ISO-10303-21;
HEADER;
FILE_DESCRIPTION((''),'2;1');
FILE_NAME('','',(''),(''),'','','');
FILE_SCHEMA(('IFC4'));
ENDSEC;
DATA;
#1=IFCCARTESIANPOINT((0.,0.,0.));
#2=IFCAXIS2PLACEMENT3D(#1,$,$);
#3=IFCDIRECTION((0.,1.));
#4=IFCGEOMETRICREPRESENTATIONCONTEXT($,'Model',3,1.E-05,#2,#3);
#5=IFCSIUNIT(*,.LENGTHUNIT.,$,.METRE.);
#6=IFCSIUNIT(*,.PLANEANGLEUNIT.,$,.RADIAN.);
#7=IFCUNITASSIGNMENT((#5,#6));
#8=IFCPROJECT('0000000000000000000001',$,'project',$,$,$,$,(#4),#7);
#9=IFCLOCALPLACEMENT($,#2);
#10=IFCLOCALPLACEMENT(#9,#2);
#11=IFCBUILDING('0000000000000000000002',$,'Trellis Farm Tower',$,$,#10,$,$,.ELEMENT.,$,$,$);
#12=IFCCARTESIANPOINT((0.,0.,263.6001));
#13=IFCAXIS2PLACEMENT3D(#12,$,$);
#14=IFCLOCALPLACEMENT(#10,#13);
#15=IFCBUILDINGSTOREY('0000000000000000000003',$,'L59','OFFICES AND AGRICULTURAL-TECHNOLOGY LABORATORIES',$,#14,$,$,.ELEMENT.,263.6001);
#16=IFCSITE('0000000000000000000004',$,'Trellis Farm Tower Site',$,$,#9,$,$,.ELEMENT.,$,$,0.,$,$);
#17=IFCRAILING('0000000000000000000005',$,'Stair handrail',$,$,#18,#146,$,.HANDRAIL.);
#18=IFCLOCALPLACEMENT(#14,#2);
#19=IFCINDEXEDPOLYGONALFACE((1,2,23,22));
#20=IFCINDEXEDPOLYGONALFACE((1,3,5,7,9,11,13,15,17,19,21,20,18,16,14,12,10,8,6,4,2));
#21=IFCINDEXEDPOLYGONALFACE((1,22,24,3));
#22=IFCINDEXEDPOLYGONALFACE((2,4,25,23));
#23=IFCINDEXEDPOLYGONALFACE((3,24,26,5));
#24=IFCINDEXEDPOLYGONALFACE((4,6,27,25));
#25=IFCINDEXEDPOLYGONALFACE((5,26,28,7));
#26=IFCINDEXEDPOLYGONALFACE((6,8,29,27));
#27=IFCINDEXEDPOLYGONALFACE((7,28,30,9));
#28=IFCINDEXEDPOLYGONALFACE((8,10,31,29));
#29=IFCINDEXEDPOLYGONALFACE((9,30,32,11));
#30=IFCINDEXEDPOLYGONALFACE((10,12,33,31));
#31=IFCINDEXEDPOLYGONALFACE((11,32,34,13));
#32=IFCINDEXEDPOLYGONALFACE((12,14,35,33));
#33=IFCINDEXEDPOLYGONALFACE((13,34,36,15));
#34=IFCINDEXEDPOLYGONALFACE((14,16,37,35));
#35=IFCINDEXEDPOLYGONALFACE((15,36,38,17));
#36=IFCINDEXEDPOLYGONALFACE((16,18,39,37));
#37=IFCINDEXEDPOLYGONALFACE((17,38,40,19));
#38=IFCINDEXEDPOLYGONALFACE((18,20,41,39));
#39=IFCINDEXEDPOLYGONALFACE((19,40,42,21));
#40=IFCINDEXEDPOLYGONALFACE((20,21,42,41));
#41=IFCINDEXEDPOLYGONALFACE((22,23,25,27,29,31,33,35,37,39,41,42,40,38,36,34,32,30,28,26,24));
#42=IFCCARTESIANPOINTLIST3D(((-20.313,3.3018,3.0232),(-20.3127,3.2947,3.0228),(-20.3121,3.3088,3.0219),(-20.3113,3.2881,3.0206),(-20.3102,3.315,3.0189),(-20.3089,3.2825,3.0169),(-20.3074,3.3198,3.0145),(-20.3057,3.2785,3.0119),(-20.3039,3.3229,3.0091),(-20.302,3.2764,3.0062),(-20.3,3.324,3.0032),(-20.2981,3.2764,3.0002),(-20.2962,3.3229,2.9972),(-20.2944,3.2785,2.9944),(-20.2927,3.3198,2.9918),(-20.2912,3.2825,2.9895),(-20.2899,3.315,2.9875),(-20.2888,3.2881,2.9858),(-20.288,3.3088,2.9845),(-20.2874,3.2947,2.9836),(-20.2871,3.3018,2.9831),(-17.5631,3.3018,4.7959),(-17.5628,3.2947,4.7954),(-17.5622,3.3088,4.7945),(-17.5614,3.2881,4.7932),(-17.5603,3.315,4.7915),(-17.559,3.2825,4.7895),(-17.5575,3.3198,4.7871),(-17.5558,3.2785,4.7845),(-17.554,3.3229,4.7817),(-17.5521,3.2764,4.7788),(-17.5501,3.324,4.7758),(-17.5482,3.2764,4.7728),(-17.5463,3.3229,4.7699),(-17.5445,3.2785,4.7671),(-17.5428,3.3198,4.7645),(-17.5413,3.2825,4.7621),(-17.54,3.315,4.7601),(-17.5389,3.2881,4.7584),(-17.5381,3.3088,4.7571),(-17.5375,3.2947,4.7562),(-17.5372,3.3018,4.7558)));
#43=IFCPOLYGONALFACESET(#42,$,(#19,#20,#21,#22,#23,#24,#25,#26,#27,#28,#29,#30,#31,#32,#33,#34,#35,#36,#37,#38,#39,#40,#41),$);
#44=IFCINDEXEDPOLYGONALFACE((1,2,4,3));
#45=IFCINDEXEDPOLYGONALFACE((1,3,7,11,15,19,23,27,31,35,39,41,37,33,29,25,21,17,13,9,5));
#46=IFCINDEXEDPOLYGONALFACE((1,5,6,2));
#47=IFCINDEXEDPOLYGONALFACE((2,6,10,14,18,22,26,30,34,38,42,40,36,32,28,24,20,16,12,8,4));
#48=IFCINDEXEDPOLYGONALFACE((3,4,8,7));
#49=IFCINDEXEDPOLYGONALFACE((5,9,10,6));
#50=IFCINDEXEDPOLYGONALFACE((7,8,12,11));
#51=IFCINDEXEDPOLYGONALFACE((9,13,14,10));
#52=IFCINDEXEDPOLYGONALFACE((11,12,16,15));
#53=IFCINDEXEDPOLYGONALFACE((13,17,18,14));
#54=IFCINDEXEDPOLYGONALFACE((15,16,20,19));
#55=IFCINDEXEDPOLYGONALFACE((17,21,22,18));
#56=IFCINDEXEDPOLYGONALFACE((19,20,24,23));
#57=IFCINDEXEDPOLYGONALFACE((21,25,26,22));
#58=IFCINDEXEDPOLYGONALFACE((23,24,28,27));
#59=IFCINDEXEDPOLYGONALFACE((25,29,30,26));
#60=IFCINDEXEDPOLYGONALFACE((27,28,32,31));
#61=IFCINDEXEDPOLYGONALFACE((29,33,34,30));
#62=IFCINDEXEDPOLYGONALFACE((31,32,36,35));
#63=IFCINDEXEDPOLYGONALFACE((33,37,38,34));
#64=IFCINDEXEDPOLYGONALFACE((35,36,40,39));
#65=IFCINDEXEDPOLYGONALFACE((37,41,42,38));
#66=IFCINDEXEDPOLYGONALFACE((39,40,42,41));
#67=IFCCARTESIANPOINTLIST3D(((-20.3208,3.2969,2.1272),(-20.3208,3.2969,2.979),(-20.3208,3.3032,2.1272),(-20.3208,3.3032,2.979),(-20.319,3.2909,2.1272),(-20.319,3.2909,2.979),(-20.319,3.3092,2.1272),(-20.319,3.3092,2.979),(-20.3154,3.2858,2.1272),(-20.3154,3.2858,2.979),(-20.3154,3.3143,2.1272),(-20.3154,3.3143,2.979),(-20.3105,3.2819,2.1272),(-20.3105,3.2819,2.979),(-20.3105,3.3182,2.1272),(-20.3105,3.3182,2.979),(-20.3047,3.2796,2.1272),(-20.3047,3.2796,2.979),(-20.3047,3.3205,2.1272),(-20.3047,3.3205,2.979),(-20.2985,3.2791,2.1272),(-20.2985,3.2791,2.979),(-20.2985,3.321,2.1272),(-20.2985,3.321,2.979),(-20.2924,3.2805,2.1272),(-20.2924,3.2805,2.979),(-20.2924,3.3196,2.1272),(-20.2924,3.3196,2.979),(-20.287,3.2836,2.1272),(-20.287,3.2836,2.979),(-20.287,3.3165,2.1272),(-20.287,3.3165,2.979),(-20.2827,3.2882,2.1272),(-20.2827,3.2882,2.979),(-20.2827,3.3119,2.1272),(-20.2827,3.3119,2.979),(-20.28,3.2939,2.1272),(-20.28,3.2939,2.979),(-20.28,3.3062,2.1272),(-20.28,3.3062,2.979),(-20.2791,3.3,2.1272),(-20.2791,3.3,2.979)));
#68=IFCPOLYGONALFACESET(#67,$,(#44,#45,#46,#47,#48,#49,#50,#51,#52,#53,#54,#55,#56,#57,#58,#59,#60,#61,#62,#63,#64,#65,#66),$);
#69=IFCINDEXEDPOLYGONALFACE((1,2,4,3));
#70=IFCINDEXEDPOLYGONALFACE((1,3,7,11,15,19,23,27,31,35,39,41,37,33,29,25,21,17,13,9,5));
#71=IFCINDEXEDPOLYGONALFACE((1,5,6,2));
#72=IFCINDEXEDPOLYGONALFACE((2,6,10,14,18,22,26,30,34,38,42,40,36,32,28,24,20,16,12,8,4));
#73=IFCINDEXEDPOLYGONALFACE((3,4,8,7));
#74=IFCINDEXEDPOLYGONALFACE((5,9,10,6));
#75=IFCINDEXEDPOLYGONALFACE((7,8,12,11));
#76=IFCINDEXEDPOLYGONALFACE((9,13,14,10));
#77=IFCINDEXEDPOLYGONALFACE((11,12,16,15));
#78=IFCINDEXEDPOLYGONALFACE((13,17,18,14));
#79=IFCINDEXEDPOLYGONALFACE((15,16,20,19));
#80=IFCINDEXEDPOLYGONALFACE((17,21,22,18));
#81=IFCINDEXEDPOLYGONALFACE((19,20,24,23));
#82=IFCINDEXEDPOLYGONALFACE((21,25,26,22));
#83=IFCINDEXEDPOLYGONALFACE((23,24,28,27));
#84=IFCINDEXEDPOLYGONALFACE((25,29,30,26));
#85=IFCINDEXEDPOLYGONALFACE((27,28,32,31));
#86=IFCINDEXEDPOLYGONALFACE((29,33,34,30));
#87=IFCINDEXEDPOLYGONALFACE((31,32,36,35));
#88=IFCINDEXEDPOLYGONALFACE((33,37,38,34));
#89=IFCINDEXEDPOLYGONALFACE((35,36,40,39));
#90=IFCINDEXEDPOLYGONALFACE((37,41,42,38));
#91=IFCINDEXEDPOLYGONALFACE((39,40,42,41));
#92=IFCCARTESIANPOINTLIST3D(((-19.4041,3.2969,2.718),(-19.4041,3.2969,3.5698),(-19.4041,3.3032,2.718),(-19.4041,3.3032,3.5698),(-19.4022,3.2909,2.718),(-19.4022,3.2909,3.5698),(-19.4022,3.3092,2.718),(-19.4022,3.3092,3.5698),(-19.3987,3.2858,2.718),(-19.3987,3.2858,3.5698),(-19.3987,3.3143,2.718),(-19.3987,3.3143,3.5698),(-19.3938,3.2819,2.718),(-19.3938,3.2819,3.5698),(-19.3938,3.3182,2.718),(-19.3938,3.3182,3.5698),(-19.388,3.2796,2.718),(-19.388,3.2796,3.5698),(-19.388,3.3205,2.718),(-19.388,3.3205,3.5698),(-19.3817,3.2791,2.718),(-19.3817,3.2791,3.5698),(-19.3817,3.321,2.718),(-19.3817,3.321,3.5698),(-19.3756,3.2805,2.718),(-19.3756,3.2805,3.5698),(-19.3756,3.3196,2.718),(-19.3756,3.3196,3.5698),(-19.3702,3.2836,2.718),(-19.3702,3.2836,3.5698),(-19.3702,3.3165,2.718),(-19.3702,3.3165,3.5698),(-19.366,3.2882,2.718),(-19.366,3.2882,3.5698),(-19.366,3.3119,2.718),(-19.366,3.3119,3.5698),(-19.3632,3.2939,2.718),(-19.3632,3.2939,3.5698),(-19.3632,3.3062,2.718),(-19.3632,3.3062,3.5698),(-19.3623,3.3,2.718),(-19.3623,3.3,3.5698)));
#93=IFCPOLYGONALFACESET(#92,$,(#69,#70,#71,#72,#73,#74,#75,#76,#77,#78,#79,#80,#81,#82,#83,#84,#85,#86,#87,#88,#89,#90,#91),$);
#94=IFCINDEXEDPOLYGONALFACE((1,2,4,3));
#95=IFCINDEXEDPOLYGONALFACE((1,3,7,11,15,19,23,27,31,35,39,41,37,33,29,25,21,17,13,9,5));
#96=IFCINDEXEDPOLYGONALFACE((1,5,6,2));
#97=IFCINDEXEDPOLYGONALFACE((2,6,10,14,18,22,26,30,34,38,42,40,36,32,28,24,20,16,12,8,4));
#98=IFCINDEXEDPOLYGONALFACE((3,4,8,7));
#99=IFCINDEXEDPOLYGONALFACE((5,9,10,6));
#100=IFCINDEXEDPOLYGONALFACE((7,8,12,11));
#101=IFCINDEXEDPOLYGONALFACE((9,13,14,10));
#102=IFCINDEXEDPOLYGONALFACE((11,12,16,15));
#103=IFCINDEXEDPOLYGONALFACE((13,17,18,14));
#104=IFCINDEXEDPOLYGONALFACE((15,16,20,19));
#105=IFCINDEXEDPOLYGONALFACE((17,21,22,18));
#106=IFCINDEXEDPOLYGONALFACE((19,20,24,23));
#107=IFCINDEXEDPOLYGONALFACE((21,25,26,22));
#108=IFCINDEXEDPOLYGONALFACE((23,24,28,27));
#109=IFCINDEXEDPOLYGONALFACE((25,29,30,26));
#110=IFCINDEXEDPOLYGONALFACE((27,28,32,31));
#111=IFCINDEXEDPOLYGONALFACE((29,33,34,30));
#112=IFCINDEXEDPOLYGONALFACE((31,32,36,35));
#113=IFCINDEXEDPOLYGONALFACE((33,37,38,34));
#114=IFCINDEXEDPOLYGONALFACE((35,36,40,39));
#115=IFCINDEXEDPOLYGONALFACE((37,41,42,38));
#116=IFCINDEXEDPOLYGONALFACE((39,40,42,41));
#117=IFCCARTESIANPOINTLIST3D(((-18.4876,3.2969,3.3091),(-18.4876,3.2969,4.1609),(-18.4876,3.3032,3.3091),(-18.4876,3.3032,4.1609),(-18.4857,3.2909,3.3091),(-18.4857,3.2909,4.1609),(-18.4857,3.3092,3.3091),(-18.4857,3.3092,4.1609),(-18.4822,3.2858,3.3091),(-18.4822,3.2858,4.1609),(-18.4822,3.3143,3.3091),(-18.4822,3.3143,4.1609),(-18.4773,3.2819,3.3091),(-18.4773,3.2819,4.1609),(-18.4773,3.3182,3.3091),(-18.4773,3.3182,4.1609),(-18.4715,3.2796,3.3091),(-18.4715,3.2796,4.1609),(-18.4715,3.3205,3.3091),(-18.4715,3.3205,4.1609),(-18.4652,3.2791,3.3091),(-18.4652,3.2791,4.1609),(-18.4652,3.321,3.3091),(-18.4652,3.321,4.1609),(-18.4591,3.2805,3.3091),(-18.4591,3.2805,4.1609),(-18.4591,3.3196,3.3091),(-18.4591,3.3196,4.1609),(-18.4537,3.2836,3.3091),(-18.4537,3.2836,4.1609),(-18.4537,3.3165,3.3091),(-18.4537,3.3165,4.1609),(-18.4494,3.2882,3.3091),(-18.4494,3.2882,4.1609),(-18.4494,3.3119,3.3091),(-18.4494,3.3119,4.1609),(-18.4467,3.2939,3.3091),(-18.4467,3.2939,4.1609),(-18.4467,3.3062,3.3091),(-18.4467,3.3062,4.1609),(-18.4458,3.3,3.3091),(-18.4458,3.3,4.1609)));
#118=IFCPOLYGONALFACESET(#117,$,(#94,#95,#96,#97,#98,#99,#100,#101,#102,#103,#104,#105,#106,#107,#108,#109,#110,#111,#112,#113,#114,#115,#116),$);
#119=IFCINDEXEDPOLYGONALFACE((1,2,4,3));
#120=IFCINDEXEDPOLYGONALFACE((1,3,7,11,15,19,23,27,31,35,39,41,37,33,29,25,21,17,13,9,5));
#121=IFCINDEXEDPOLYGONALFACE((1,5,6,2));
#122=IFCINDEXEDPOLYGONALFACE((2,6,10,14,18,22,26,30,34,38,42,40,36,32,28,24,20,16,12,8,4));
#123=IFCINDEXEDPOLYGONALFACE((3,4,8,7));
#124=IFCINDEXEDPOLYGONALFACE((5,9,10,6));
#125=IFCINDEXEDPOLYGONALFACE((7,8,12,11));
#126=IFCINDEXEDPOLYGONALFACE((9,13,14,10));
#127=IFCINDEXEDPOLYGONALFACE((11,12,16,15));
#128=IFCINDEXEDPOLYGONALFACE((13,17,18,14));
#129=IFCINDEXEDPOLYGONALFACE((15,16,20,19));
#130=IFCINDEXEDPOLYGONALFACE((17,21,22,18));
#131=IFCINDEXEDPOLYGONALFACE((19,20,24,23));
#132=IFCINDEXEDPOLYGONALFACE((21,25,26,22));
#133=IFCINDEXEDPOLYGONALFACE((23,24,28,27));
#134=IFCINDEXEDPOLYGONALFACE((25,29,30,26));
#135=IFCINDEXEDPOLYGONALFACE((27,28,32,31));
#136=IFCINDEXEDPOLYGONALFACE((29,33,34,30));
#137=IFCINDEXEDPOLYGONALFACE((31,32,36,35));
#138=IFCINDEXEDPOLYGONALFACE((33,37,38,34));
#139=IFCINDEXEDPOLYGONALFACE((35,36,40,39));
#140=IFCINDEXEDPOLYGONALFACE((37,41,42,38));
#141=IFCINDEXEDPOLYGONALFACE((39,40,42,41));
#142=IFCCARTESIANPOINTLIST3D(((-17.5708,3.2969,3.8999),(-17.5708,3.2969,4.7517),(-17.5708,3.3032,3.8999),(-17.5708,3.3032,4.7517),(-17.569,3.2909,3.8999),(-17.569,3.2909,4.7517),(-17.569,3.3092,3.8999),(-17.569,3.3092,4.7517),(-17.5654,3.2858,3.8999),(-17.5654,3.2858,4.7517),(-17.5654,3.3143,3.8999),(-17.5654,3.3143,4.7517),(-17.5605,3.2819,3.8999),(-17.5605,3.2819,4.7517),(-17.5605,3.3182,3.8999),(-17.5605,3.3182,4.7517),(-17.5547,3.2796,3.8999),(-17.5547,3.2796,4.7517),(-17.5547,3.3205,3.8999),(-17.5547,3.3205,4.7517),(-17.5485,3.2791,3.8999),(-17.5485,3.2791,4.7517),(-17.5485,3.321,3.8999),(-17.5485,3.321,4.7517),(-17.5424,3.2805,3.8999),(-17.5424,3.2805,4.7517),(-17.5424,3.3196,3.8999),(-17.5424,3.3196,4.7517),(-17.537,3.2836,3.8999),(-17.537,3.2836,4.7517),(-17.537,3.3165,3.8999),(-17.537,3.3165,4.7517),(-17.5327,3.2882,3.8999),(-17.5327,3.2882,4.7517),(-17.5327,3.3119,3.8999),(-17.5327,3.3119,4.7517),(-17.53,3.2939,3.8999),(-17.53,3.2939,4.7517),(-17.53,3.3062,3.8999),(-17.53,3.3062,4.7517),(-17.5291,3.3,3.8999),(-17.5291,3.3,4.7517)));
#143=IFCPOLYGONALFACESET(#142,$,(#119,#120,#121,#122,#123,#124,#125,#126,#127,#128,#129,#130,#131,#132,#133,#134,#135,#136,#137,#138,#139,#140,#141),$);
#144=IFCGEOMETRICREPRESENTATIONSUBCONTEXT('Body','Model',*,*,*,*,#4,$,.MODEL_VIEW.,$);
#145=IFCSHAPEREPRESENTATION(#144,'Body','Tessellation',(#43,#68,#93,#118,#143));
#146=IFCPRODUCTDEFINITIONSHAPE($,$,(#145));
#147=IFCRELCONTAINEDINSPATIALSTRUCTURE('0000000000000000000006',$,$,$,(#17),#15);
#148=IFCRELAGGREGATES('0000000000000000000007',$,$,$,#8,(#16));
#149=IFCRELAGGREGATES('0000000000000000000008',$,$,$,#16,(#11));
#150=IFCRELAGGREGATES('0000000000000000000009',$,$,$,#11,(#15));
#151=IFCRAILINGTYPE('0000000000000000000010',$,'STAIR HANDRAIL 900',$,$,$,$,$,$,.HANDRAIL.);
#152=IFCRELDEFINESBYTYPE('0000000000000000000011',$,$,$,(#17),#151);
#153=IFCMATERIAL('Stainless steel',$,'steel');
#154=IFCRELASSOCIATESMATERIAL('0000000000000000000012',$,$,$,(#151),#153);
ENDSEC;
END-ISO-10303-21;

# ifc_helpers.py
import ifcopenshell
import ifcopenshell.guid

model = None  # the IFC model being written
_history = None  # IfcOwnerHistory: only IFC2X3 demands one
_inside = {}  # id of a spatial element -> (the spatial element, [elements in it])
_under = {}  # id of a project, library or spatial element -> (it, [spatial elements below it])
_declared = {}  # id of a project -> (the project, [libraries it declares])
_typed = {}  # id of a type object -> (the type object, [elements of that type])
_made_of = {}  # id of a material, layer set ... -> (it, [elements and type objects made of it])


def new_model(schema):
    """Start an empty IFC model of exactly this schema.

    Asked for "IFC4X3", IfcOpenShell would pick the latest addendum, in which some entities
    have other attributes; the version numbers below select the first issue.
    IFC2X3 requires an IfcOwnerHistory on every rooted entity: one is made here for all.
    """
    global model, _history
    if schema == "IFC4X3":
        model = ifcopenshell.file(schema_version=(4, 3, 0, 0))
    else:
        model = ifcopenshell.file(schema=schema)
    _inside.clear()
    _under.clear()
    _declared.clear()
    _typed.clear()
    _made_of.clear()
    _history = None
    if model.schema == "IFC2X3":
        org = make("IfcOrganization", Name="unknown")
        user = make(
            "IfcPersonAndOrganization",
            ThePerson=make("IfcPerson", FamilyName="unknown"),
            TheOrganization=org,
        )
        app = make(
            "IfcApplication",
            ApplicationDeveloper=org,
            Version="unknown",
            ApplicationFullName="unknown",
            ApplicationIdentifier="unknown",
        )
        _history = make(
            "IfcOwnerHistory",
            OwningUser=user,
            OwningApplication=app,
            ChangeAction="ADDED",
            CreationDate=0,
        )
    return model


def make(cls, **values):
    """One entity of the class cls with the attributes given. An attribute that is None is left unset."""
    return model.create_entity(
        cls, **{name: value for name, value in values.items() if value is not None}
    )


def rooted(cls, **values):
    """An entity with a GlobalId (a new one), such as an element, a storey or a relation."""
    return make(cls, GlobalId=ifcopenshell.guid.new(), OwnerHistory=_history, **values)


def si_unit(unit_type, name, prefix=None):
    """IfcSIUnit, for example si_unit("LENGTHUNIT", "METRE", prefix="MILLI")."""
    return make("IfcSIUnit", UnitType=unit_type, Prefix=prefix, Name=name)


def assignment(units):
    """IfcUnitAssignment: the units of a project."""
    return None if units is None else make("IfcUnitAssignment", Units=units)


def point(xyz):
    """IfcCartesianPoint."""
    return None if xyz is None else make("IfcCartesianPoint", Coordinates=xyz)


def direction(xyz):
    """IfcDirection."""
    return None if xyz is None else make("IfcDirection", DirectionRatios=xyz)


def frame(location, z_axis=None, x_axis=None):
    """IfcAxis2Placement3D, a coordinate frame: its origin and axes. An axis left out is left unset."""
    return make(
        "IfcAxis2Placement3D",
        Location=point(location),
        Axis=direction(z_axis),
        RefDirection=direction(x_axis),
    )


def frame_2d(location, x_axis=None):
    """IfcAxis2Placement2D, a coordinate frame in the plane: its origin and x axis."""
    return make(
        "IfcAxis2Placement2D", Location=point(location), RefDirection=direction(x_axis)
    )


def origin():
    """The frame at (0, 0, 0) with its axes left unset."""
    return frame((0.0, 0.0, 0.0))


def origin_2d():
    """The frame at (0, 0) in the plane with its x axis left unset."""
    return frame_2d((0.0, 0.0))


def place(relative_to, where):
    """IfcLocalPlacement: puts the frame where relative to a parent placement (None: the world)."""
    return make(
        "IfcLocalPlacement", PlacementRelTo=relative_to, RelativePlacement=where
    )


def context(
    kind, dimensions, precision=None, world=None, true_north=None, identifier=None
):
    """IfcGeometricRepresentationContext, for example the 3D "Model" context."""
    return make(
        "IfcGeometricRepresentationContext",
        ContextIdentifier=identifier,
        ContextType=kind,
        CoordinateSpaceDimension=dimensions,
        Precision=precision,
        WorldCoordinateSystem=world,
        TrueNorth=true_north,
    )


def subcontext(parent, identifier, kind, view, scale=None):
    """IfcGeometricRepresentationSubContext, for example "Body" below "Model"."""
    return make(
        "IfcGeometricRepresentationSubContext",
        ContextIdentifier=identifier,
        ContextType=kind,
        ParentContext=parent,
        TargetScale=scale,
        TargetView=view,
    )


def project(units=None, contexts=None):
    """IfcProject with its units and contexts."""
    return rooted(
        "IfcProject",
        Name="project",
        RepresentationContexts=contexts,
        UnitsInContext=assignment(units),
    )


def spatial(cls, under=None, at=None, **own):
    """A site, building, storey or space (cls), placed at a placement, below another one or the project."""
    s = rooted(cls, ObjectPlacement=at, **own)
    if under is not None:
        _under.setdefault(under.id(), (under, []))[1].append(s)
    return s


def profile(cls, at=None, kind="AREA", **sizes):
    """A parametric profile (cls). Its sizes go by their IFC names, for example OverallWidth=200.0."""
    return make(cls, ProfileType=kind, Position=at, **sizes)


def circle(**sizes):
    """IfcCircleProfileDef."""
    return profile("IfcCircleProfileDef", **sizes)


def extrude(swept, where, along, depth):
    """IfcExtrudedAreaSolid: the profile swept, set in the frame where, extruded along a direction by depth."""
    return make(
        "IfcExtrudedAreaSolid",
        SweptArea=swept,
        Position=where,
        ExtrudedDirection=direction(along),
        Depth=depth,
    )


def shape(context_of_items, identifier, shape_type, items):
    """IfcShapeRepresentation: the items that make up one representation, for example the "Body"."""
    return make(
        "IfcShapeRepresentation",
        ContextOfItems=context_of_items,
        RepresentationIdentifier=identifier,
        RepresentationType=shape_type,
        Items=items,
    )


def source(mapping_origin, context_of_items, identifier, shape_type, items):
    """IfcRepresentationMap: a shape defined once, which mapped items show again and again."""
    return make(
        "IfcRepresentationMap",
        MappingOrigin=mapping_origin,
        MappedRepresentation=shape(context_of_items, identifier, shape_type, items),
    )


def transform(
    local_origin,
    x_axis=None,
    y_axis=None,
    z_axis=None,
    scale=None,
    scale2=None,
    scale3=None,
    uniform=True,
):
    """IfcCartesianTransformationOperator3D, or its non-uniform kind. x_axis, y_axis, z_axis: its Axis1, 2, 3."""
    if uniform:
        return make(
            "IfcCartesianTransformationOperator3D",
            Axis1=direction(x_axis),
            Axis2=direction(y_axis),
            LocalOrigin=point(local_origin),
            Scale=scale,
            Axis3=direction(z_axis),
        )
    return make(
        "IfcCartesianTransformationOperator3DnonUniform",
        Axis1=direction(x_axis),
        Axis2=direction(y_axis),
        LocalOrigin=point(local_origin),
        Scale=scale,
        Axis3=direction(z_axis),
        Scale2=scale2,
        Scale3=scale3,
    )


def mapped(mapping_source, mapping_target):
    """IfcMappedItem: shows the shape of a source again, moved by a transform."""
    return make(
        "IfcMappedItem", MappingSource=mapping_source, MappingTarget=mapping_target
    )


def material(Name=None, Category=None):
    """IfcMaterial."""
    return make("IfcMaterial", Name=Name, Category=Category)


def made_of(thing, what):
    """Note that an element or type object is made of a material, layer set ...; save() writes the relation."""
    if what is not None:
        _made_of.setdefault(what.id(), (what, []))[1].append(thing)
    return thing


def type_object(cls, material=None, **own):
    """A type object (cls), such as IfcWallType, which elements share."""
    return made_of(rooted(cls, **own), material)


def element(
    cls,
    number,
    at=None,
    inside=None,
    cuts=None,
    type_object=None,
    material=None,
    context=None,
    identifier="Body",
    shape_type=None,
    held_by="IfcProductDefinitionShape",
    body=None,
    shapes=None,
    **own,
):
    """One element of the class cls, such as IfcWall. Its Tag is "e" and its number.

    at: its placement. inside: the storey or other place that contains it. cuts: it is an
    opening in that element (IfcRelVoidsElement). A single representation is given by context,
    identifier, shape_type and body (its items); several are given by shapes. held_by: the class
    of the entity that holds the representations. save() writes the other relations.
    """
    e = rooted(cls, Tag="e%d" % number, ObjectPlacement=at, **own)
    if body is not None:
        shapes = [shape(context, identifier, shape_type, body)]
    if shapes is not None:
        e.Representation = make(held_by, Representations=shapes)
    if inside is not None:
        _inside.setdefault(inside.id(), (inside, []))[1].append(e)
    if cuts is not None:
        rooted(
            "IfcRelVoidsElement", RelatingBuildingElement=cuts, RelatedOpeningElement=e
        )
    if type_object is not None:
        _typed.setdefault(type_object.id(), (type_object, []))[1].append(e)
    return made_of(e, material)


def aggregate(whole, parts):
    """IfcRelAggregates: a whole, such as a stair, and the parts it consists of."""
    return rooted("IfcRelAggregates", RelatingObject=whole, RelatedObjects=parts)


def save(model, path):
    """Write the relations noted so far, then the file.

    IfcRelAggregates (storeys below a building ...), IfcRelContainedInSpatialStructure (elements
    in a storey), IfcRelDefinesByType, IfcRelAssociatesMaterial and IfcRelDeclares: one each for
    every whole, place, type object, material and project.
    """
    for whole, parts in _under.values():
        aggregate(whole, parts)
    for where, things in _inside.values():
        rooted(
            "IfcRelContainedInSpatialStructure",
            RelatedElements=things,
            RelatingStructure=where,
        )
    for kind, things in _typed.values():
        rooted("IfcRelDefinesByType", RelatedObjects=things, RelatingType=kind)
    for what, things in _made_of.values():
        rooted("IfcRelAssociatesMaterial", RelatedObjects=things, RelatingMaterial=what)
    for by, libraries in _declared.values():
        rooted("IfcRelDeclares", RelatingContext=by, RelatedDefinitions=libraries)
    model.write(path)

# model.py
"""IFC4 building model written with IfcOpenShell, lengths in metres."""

from ifc_helpers import new_model, si_unit, direction, frame, origin, origin_2d, place, context, subcontext, project, spatial, circle, extrude, source, transform, mapped, material, type_object, element, save


model = new_model("IFC4")

# Units and contexts
model_context = context("Model", 3, precision=1e-05, world=origin(), true_north=direction((0.0, 1.0)))
body_context = subcontext(model_context, "Body", "Model", "MODEL_VIEW")
ifc_project = project(units=[si_unit("LENGTHUNIT", "METRE"), si_unit("PLANEANGLEUNIT", "RADIAN")], contexts=[model_context])

# Site, building, storey
site_placement = place(None, origin())
site = spatial("IfcSite", under=ifc_project, at=site_placement, Name="Trellis Farm Tower Site", CompositionType="ELEMENT", RefElevation=0.0)
building_placement = place(site_placement, origin())
building = spatial("IfcBuilding", under=site, at=building_placement, Name="Trellis Farm Tower", CompositionType="ELEMENT")
storey_placement = place(building_placement, frame((0.0, 0.0, 263.6001)))
storey = spatial("IfcBuildingStorey", under=building, at=storey_placement, Name="L59", Description="OFFICES AND AGRICULTURAL-TECHNOLOGY LABORATORIES", CompositionType="ELEMENT", Elevation=263.6001)

# Railing
ifc_material_1 = material(Name="Stainless steel", Category="steel")
railing_type = type_object("IfcRailingType", Name="STAIR HANDRAIL 900", PredefinedType="HANDRAIL", material=ifc_material_1)
shared_shape_1 = source(origin(), body_context, "Body", "SweptSolid", [
    extrude(circle(Radius=0.0239, at=origin_2d()), frame((0.0, 0.0, 0.876), z_axis=(0.840504, 0.0, 0.541806), x_axis=(0.0, 1.0, 0.0)), (0.0, 0.0, 1.0), 3.2717),
    extrude(circle(Radius=0.021, at=origin_2d()), origin(), (0.0, 0.0, 1.0), 0.8518),
    extrude(circle(Radius=0.021, at=origin_2d()), frame((0.9167, 0.0, 0.5908)), (0.0, 0.0, 1.0), 0.8518),
    extrude(circle(Radius=0.021, at=origin_2d()), frame((1.8333, 0.0, 1.1819)), (0.0, 0.0, 1.0), 0.8518),
    extrude(circle(Radius=0.021, at=origin_2d()), frame((2.75, 0.0, 1.7727)), (0.0, 0.0, 1.0), 0.8518),
])
for number, where, name in (
    (1, (-20.3, 3.3, 2.1272), "Stair handrail"),
):
    element("IfcRailing", number, at=place(storey_placement, frame(where)), inside=storey, type_object=railing_type, Name=name, PredefinedType="HANDRAIL", context=body_context, shape_type="MappedRepresentation", body=[
        mapped(shared_shape_1, transform((0.0, 0.0, 0.0))),
    ])

save(model, "model.ifc")
